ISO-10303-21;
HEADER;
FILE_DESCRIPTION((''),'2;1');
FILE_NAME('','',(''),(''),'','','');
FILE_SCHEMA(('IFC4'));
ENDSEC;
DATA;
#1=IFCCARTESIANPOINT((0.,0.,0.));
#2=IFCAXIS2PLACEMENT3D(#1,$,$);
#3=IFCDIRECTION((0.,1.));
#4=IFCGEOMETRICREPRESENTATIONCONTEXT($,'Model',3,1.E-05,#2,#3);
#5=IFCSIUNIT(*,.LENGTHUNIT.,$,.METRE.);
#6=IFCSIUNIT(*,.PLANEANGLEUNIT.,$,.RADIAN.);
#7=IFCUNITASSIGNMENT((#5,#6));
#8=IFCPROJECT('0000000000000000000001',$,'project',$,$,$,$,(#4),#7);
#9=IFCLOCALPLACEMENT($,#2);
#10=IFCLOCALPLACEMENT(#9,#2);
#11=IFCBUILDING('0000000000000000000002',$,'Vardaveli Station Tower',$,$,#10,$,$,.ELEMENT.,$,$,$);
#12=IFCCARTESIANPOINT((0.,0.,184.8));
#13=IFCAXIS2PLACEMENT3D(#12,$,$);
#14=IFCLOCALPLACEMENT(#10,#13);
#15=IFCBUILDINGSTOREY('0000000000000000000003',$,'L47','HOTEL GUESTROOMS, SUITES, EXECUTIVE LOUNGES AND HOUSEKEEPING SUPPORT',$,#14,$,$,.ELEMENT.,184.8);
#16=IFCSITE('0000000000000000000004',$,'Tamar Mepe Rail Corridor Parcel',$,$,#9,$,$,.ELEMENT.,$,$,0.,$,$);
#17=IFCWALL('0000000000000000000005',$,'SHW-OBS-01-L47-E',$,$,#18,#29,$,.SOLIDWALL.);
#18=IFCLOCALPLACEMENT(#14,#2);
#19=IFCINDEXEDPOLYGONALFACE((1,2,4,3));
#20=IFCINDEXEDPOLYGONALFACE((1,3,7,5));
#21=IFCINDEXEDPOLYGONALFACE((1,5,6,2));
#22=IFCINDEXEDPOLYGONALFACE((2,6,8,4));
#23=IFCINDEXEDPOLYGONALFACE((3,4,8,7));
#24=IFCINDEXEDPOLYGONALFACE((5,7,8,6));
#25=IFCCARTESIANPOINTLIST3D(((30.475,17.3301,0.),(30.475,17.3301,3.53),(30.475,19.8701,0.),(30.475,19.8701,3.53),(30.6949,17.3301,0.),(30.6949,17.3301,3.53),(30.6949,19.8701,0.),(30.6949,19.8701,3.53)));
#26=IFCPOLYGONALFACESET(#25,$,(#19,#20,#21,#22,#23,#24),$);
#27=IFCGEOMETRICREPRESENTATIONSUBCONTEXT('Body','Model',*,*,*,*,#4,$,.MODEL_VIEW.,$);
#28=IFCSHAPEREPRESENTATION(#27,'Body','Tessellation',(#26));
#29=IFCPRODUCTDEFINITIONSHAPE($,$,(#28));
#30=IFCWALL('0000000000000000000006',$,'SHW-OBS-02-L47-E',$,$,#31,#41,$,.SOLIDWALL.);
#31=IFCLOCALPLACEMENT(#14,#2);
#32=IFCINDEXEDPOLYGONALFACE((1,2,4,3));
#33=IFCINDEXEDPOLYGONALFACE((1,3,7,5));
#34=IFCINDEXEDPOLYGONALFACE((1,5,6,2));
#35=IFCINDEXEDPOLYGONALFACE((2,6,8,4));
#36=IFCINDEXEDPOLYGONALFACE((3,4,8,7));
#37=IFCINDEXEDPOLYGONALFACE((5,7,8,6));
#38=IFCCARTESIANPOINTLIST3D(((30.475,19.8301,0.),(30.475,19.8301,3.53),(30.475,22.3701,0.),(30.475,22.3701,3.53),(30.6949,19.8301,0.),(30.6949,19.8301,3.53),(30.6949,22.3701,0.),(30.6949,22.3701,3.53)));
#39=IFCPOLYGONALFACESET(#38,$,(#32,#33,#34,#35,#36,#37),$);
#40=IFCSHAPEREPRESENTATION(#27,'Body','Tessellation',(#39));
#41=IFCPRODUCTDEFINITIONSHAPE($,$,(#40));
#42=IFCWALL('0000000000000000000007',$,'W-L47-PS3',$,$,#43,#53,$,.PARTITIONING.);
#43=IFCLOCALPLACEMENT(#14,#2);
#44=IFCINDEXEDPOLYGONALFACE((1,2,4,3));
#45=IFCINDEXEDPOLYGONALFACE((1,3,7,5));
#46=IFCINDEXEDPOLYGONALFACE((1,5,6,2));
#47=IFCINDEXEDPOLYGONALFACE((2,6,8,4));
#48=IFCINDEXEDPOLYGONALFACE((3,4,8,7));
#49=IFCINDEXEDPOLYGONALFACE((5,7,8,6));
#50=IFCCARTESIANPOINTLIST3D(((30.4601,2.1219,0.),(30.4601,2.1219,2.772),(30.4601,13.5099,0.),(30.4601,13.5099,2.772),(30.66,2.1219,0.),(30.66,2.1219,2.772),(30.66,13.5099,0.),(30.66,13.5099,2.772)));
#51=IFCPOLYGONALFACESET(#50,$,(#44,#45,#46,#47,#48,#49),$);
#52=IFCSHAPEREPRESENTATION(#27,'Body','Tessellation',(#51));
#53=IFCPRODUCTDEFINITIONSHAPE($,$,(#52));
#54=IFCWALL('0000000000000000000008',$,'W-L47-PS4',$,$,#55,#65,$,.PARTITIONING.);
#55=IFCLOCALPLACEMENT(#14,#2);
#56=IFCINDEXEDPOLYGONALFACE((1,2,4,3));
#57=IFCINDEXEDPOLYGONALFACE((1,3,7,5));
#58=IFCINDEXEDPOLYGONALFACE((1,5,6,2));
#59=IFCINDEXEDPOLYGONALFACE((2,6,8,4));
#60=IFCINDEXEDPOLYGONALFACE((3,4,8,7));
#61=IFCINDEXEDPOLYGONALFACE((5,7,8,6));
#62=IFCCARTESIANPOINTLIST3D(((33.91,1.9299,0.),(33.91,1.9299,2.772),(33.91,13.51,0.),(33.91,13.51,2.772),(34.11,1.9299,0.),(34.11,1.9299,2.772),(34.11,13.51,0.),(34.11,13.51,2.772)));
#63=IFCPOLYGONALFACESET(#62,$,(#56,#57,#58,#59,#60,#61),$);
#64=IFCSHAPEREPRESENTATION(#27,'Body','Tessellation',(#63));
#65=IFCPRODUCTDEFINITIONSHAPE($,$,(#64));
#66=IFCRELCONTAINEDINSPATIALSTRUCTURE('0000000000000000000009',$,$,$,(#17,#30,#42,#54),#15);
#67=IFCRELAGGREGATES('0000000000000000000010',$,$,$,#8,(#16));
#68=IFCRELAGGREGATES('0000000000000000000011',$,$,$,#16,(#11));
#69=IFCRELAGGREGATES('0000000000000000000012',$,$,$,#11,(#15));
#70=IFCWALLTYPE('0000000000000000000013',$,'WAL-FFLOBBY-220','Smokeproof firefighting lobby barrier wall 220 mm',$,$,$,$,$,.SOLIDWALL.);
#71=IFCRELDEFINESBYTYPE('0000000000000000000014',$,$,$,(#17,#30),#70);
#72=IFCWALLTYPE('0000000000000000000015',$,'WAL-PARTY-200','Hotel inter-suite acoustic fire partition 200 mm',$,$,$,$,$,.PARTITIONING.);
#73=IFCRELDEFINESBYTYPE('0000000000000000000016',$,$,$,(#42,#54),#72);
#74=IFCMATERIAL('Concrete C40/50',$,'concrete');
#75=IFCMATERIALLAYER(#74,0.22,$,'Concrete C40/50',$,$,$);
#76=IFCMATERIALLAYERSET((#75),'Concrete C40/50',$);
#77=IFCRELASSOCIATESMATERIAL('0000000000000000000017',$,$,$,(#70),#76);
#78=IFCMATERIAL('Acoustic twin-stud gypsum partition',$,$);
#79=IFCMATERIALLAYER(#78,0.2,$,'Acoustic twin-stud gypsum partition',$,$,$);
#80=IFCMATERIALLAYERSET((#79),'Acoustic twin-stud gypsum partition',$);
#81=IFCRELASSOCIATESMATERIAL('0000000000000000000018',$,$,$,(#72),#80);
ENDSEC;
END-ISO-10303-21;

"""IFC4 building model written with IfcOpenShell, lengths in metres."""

from ifc_helpers import new_model, si_unit, direction, frame, frame_2d, origin, place, context, subcontext, project, spatial, rectangle, extrude, source, transform, mapped, material, layer, layer_set, type_object, element, save


model = new_model("IFC4")

# Units and contexts
model_context = context("Model", 3, precision=1e-05, world=origin(), true_north=direction((0.0, 1.0)))
body_context = subcontext(model_context, "Body", "Model", "MODEL_VIEW")
ifc_project = project(units=[si_unit("LENGTHUNIT", "METRE"), si_unit("PLANEANGLEUNIT", "RADIAN")], contexts=[model_context])

# Site, building, storey
site_placement = place(None, origin())
site = spatial("IfcSite", under=ifc_project, at=site_placement, Name="Tamar Mepe Rail Corridor Parcel", CompositionType="ELEMENT", RefElevation=0.0)
building_placement = place(site_placement, origin())
building = spatial("IfcBuilding", under=site, at=building_placement, Name="Vardaveli Station Tower", CompositionType="ELEMENT")
storey_placement = place(building_placement, frame((0.0, 0.0, 184.8)))
storey = spatial("IfcBuildingStorey", under=building, at=storey_placement, Name="L47", Description="HOTEL GUESTROOMS, SUITES, EXECUTIVE LOUNGES AND HOUSEKEEPING SUPPORT", CompositionType="ELEMENT", Elevation=184.8)

# Walls
ifc_material_1 = material(Name="Concrete C40/50", Category="concrete")
ifc_layer_1 = layer(ifc_material_1, 0.22, Name="Concrete C40/50")
ifc_layer_set_1 = layer_set([ifc_layer_1], Name="Concrete C40/50")
wall_type_1 = type_object("IfcWallType", Name="WAL-FFLOBBY-220", Description="Smokeproof firefighting lobby barrier wall 220 mm", PredefinedType="SOLIDWALL", material=ifc_layer_set_1)
shared_shape_1 = source(origin(), body_context, "Body", "SweptSolid", [
    extrude(rectangle(XDim=2.54, YDim=0.22, at=frame_2d((1.27, 0.0))), origin(), (0.0, 0.0, 1.0), 3.53),
])
for number, where, z_axis, x_axis, name in (
    (1, (30.585, 17.3301, 0.0), (0.0, 0.0, 1.0), (0.0, 1.0, 0.0), "SHW-OBS-01-L47-E"),
    (2, (30.585, 19.8301, 0.0), (0.0, 0.0, 1.0), (0.0, 1.0, 0.0), "SHW-OBS-02-L47-E"),
):
    element("IfcWall", number, at=place(storey_placement, frame(where, z_axis=z_axis, x_axis=x_axis)), inside=storey, type_object=wall_type_1, Name=name, PredefinedType="SOLIDWALL", context=body_context, shape_type="MappedRepresentation", body=[
        mapped(shared_shape_1, transform((0.0, 0.0, 0.0), scale=1.0)),
    ])
ifc_material_2 = material(Name="Acoustic twin-stud gypsum partition")
ifc_layer_2 = layer(ifc_material_2, 0.2, Name="Acoustic twin-stud gypsum partition")
ifc_layer_set_2 = layer_set([ifc_layer_2], Name="Acoustic twin-stud gypsum partition")
wall_type_2 = type_object("IfcWallType", Name="WAL-PARTY-200", Description="Hotel inter-suite acoustic fire partition 200 mm", PredefinedType="PARTITIONING", material=ifc_layer_set_2)
shared_shape_2 = source(origin(), body_context, "Body", "SweptSolid", [
    extrude(rectangle(XDim=11.3879, YDim=0.2, at=frame_2d((5.6938, 0.0))), origin(), (0.0, 0.0, 1.0), 2.772),
])
wall_1_placement = place(storey_placement, frame((30.5601, 2.1221, 0.0), z_axis=(0.0, 0.0, 1.0), x_axis=(0.0, 1.0, 0.0)))
element("IfcWall", 3, at=wall_1_placement, inside=storey, type_object=wall_type_2, Name="W-L47-PS3", PredefinedType="PARTITIONING", context=body_context, shape_type="MappedRepresentation", body=[
    mapped(shared_shape_2, transform((0.0, 0.0, 0.0), scale=1.0)),
])
shared_shape_3 = source(origin(), body_context, "Body", "SweptSolid", [
    extrude(rectangle(XDim=11.5801, YDim=0.2, at=frame_2d((5.79, 0.0))), origin(), (0.0, 0.0, 1.0), 2.772),
])
wall_2_placement = place(storey_placement, frame((34.01, 1.9299, 0.0), z_axis=(0.0, 0.0, 1.0), x_axis=(0.0, 1.0, 0.0)))
element("IfcWall", 4, at=wall_2_placement, inside=storey, type_object=wall_type_2, Name="W-L47-PS4", PredefinedType="PARTITIONING", context=body_context, shape_type="MappedRepresentation", body=[
    mapped(shared_shape_3, transform((0.0, 0.0, 0.0), scale=1.0)),
])

save(model, "model.ifc")
